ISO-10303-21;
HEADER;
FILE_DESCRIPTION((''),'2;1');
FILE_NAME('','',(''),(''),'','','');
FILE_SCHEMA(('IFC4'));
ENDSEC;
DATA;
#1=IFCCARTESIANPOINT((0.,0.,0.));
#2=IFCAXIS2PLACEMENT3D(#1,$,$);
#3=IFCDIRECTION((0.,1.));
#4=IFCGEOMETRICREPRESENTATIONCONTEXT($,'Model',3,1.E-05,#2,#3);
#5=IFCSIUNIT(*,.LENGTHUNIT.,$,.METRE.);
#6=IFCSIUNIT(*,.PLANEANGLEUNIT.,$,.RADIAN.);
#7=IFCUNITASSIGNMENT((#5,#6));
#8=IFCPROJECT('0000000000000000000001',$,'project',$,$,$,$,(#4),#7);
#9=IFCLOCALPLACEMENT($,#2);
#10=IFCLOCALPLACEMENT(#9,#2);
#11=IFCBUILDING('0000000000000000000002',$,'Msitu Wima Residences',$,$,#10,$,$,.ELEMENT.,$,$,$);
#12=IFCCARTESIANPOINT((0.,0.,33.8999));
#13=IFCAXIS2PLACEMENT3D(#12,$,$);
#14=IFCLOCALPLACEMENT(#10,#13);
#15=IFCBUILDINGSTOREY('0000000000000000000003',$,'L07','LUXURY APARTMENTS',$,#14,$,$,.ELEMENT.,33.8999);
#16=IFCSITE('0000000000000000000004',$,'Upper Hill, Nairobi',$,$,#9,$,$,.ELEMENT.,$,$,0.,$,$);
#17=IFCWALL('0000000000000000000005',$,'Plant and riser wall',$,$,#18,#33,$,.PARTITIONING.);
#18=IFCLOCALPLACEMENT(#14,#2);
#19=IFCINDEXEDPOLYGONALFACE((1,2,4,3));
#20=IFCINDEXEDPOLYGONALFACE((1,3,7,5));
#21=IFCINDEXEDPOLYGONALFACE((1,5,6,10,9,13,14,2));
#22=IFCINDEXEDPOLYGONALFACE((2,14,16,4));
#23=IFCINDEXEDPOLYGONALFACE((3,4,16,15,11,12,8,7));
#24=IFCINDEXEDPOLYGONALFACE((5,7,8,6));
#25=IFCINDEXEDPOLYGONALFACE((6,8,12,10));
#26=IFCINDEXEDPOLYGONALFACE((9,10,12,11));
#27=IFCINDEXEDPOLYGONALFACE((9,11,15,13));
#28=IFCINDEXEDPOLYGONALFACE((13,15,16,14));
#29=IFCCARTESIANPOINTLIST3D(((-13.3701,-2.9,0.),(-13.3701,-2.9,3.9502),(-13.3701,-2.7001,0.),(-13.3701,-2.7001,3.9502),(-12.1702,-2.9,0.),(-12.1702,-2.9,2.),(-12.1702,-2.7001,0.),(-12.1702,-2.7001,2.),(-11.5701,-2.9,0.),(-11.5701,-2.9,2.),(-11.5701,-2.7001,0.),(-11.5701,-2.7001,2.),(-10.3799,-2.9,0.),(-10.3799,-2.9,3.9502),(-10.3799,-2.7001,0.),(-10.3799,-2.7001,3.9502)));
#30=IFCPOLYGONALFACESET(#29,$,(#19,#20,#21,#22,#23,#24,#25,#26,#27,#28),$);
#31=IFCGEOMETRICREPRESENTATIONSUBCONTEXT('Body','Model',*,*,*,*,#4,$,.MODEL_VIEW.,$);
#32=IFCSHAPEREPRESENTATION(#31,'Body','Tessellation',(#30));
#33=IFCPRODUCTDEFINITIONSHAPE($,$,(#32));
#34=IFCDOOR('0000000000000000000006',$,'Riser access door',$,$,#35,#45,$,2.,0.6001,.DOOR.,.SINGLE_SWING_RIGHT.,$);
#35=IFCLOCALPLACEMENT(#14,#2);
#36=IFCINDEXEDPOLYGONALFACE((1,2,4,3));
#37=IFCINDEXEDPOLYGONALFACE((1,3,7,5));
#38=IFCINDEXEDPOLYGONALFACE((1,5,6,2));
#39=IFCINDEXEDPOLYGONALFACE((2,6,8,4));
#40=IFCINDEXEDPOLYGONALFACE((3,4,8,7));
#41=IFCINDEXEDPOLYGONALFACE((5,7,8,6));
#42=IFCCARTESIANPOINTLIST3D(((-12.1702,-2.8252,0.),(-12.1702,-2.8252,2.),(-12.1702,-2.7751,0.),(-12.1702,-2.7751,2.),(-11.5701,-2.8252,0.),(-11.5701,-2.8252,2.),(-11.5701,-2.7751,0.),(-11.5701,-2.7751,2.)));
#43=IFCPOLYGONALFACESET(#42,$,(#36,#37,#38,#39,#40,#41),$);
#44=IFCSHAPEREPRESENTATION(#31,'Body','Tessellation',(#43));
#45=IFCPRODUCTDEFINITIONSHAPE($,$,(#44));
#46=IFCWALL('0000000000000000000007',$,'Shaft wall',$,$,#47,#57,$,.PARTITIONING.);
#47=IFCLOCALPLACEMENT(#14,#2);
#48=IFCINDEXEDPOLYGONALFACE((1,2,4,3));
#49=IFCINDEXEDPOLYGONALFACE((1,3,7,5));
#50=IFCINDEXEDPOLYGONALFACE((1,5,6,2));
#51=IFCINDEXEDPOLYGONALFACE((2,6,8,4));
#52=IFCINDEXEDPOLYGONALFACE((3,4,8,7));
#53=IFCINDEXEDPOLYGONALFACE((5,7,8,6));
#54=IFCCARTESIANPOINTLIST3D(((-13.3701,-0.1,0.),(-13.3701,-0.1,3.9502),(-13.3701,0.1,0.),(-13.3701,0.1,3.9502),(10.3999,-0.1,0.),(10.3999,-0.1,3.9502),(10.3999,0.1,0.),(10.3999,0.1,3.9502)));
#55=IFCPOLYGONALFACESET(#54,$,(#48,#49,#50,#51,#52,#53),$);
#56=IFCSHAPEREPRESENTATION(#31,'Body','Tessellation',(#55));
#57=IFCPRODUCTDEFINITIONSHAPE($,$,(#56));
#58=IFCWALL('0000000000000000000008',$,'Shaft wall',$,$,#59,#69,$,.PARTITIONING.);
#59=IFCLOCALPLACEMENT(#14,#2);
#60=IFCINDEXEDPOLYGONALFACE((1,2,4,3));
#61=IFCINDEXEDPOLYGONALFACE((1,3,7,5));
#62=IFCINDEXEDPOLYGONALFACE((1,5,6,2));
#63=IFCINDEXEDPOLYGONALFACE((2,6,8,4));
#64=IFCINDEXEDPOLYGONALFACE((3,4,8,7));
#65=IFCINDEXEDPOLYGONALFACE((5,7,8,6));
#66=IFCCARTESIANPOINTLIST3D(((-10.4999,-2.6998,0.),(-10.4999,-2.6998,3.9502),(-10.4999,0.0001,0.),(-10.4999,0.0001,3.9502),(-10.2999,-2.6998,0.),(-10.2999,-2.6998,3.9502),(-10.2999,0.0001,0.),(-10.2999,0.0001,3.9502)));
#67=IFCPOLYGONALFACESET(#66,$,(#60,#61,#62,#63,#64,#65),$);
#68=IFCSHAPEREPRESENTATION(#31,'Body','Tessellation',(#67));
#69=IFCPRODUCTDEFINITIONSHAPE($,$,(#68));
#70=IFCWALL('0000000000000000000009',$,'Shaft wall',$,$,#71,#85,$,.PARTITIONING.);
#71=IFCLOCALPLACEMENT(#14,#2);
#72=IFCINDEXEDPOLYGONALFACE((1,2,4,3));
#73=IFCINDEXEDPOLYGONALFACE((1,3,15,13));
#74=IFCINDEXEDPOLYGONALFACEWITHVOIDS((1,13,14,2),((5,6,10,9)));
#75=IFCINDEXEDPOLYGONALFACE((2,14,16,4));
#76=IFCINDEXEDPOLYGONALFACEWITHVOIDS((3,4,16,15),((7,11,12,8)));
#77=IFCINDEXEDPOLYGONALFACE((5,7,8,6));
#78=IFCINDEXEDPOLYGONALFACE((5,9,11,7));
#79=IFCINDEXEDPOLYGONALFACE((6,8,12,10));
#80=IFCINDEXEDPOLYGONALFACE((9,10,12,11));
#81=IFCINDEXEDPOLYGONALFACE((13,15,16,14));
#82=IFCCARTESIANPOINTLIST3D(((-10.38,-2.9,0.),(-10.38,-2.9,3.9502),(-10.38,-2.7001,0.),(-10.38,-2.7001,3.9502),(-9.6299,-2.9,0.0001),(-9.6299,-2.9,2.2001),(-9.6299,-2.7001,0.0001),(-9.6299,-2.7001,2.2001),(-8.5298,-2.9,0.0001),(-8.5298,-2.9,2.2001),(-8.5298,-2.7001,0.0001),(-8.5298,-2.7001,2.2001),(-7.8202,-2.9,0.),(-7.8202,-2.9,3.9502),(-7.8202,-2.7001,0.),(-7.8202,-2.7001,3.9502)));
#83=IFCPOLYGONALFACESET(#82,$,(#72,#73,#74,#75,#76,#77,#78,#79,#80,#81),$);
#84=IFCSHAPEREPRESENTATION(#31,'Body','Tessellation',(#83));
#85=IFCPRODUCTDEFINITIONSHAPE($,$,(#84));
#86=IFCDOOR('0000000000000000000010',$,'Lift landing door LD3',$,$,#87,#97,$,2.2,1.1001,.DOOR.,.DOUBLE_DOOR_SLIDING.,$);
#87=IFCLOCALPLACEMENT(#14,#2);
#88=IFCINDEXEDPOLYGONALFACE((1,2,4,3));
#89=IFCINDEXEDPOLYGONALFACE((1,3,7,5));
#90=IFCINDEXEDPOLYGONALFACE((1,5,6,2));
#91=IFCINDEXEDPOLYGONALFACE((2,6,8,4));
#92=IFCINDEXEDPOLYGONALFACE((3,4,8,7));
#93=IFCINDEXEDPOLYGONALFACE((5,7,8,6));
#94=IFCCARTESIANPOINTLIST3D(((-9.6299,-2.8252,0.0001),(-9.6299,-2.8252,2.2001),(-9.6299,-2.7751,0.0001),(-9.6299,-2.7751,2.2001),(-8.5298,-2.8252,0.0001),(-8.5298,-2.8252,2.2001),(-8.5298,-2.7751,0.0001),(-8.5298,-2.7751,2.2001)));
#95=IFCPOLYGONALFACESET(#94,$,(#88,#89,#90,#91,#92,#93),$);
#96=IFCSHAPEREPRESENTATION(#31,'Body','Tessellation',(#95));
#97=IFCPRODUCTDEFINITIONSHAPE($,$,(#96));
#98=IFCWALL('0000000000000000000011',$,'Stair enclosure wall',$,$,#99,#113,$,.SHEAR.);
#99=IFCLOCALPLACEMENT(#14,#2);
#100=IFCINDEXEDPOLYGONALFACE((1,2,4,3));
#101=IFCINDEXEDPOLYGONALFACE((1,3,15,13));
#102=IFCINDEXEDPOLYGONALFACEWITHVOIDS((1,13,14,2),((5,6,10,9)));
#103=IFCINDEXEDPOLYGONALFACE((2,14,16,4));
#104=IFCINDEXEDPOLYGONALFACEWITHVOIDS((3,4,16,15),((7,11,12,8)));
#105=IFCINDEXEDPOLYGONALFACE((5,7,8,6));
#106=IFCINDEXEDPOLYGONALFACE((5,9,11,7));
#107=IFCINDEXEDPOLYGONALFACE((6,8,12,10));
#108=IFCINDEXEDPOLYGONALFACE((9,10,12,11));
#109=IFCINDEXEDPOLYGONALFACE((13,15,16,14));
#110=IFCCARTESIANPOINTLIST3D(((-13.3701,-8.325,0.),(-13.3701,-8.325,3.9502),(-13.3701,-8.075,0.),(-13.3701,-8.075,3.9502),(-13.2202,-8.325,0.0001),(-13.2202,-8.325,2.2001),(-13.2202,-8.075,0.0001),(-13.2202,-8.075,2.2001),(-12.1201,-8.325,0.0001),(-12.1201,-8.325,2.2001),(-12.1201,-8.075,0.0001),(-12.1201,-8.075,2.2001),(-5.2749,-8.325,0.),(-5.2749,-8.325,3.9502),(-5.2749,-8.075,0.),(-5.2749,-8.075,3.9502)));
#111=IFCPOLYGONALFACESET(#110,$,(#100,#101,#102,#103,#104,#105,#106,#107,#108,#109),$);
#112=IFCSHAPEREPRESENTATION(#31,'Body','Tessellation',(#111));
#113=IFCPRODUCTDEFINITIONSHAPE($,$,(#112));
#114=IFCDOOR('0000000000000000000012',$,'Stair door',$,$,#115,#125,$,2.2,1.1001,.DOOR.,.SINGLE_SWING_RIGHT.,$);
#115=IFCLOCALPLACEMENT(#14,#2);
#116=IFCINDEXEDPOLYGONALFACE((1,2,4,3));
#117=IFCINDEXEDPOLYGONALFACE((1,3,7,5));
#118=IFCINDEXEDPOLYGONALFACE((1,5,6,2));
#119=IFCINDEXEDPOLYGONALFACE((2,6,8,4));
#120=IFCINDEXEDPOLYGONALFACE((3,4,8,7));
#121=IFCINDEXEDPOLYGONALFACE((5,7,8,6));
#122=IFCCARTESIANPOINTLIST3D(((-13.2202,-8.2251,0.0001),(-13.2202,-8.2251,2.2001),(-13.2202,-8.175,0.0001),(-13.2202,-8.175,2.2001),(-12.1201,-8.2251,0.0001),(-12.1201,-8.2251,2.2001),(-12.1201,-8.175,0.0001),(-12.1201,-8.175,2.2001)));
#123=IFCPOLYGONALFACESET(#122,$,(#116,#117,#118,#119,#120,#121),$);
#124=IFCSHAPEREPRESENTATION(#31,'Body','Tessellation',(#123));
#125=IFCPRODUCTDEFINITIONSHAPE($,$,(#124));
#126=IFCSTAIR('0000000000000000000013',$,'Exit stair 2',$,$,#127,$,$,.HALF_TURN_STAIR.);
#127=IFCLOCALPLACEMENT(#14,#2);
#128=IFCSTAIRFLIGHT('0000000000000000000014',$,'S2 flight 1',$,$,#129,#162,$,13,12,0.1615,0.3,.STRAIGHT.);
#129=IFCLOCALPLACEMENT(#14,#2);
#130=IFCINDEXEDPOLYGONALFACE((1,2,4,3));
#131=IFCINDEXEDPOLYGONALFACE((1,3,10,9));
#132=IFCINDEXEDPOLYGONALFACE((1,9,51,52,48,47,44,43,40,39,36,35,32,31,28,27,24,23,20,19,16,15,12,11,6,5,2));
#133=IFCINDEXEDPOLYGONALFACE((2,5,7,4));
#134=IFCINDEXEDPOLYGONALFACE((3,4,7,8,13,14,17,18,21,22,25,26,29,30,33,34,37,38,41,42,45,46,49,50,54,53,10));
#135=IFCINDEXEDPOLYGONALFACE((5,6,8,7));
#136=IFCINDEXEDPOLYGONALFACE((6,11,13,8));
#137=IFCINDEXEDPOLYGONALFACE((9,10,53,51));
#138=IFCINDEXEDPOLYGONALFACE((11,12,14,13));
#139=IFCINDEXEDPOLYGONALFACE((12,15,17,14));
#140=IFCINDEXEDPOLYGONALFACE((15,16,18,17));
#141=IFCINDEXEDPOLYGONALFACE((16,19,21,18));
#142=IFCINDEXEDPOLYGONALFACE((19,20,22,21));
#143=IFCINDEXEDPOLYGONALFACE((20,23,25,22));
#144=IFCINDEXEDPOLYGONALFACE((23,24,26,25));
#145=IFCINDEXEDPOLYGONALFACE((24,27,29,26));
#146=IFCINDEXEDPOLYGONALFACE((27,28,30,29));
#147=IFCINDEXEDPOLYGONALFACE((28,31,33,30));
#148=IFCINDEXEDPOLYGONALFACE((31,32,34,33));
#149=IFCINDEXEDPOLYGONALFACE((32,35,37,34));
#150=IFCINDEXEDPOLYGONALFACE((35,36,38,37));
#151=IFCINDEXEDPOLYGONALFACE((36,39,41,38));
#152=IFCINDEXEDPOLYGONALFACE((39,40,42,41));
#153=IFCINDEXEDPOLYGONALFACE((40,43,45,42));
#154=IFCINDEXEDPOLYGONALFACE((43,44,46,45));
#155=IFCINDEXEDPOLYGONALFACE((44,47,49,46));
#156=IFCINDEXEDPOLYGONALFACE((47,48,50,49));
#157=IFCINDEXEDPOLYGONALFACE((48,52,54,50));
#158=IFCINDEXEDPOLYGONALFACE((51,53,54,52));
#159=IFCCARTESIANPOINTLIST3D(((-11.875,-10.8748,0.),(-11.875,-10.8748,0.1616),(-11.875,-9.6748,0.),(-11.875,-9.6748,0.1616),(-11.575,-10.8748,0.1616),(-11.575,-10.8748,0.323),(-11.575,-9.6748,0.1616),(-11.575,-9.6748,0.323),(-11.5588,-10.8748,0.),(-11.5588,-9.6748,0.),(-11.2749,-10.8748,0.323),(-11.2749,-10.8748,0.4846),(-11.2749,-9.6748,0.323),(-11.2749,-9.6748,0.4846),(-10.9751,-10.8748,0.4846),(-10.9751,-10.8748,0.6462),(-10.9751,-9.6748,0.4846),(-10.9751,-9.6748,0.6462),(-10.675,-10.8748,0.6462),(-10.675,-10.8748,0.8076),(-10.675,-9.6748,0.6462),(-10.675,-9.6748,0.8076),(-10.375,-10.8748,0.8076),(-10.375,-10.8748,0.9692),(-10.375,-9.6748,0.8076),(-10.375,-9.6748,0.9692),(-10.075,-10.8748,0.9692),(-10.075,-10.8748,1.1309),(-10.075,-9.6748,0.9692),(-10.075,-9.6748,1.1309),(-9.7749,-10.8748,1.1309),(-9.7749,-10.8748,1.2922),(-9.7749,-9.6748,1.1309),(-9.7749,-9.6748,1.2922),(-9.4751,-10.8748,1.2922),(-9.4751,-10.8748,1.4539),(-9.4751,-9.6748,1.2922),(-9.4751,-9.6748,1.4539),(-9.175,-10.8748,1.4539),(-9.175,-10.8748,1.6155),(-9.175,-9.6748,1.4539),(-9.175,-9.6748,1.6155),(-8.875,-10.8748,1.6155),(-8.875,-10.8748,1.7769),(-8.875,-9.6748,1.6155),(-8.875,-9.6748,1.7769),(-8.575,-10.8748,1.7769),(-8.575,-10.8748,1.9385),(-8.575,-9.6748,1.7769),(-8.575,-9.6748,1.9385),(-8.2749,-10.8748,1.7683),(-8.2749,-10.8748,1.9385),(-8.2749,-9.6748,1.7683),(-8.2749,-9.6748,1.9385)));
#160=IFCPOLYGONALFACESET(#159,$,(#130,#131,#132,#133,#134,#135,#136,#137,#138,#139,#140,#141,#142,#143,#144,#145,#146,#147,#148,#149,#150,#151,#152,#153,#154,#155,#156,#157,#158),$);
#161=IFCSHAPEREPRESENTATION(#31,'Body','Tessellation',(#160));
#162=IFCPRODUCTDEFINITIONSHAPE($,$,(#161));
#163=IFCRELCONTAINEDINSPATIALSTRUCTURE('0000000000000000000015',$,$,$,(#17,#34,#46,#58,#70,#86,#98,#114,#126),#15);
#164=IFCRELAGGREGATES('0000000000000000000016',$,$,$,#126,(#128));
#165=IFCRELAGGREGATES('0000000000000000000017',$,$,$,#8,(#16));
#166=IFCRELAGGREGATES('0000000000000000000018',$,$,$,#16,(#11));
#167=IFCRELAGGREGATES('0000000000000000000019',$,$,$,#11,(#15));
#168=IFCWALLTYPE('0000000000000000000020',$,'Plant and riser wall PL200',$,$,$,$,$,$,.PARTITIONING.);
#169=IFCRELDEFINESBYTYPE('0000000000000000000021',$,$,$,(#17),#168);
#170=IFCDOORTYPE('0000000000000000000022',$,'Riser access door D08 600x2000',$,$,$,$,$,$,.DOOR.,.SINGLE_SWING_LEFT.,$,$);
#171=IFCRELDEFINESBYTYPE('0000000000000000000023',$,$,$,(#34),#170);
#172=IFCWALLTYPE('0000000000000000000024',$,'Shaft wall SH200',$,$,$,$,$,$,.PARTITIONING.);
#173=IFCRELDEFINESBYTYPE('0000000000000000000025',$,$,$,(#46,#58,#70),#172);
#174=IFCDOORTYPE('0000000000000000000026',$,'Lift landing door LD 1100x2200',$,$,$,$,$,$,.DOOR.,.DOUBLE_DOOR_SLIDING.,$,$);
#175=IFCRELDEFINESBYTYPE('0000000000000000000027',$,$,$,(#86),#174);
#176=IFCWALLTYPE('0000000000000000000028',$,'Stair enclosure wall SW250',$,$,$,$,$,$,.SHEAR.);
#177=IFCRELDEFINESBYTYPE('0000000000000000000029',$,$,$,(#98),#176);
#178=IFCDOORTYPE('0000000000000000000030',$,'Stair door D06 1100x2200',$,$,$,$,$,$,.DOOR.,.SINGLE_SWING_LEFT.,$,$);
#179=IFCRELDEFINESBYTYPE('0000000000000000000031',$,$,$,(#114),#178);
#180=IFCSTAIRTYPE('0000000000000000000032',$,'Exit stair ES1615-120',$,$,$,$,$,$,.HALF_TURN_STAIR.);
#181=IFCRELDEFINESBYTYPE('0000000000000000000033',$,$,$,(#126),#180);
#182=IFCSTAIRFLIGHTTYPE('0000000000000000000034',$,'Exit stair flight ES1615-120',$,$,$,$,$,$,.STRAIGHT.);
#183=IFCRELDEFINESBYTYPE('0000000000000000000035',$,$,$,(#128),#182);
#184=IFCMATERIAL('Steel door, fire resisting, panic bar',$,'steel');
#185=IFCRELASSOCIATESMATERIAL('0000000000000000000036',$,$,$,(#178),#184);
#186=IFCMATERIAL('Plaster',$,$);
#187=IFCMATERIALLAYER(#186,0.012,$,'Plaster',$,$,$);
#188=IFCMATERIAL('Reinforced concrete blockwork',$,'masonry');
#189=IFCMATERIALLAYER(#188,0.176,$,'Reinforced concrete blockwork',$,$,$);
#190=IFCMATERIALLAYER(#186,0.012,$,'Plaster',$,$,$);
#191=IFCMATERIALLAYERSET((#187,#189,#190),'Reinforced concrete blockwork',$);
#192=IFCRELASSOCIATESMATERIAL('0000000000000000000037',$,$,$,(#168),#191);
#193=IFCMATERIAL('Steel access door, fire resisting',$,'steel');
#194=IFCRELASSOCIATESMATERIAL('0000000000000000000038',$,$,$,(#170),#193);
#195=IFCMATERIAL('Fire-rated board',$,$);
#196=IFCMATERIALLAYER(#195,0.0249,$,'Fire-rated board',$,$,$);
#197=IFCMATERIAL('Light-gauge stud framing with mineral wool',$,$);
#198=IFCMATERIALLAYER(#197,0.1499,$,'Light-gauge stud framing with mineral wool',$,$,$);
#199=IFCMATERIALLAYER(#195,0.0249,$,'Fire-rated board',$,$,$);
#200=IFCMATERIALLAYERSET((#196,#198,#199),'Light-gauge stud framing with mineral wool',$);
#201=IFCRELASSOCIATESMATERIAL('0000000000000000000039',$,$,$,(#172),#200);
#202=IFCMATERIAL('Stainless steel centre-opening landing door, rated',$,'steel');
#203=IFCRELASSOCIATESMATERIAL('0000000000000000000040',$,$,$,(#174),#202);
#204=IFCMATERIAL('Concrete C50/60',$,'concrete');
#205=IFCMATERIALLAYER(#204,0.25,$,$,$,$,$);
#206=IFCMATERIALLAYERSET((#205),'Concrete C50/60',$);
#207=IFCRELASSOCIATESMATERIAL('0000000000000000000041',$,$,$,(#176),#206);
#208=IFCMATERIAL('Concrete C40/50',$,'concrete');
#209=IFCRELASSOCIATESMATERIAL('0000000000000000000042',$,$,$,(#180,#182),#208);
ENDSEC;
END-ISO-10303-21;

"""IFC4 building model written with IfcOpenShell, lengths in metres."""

from ifc_helpers import new_model, si_unit, direction, frame, frame_2d, origin, place, context, subcontext, project, spatial, polyline, rectangle, outline, extrude, material, layer, layer_set, type_object, element, fill, aggregate, save


model = new_model("IFC4")

# Units and contexts
model_context = context("Model", 3, precision=1e-05, world=origin(), true_north=direction((0.0, 1.0)))
body_context = subcontext(model_context, "Body", "Model", "MODEL_VIEW")
ifc_project = project(units=[si_unit("LENGTHUNIT", "METRE"), si_unit("PLANEANGLEUNIT", "RADIAN")], contexts=[model_context])

# Site, building, storey
site_placement = place(None, origin())
site = spatial("IfcSite", under=ifc_project, at=site_placement, Name="Upper Hill, Nairobi", CompositionType="ELEMENT", RefElevation=0.0)
building_placement = place(site_placement, origin())
building = spatial("IfcBuilding", under=site, at=building_placement, Name="Msitu Wima Residences", CompositionType="ELEMENT")
storey_placement = place(building_placement, frame((0.0, 0.0, 33.8999)))
storey = spatial("IfcBuildingStorey", under=building, at=storey_placement, Name="L07", Description="LUXURY APARTMENTS", CompositionType="ELEMENT", Elevation=33.8999)

# Shared definitions
ifc_material_1 = material(Name="Steel door, fire resisting, panic bar", Category="steel")
door_type_1 = type_object("IfcDoorType", Name="Stair door D06 1100x2200", OperationType="SINGLE_SWING_LEFT", PredefinedType="DOOR", material=ifc_material_1)

# Wall, opening, door
ifc_material_2 = material(Name="Plaster")
ifc_layer_1 = layer(ifc_material_2, 0.012, Name="Plaster")
ifc_material_3 = material(Name="Reinforced concrete blockwork", Category="masonry")
ifc_layer_2 = layer(ifc_material_3, 0.176, Name="Reinforced concrete blockwork")
ifc_layer_3 = layer(ifc_material_2, 0.012, Name="Plaster")
ifc_layer_set_1 = layer_set([ifc_layer_1, ifc_layer_2, ifc_layer_3], Name="Reinforced concrete blockwork")
wall_type_1 = type_object("IfcWallType", Name="Plant and riser wall PL200", PredefinedType="PARTITIONING", material=ifc_layer_set_1)
wall_1_placement = place(storey_placement, frame((-13.3701, -2.8, 0.0), z_axis=(0.0, 0.0, 1.0), x_axis=(1.0, 0.0, 0.0)))
wall_1 = element("IfcWall", 1, at=wall_1_placement, inside=storey, type_object=wall_type_1, Name="Plant and riser wall", PredefinedType="PARTITIONING", context=body_context, shape_type="SweptSolid", body=[
    extrude(rectangle(XDim=2.9902, YDim=0.2, at=frame_2d((1.4951, 0.0))), origin(), (0.0, 0.0, 1.0), 3.9502),
])
opening_1_placement = place(wall_1_placement, frame((1.2, 0.0, 0.0)))
opening_1 = element("IfcOpeningElement", 2, at=opening_1_placement, cuts=wall_1, PredefinedType="OPENING", context=body_context, shape_type="SweptSolid", body=[
    extrude(rectangle(XDim=0.6001, YDim=2.0, at=frame_2d((0.3, 1.0))), frame((0.0, 0.1099, 0.0), z_axis=(0.0, -1.0, 0.0), x_axis=(1.0, 0.0, 0.0)), (0.0, 0.0, 1.0), 0.22),
])
ifc_material_4 = material(Name="Steel access door, fire resisting", Category="steel")
door_type_2 = type_object("IfcDoorType", Name="Riser access door D08 600x2000", OperationType="SINGLE_SWING_LEFT", PredefinedType="DOOR", material=ifc_material_4)
door_1_placement = place(opening_1_placement, origin())
door_1 = element("IfcDoor", 3, at=door_1_placement, inside=storey, type_object=door_type_2, Name="Riser access door", OperationType="SINGLE_SWING_RIGHT", OverallHeight=2.0, OverallWidth=0.6001, PredefinedType="DOOR", context=body_context, shape_type="SweptSolid", body=[
    extrude(rectangle(XDim=0.6001, YDim=2.0, at=frame_2d((0.3, 1.0))), frame((0.0, 0.0249, 0.0), z_axis=(0.0, -1.0, 0.0), x_axis=(1.0, 0.0, 0.0)), (0.0, 0.0, 1.0), 0.05),
])
fill(opening_1, door_1)

# Walls
ifc_material_5 = material(Name="Fire-rated board")
ifc_layer_4 = layer(ifc_material_5, 0.0249, Name="Fire-rated board")
ifc_material_6 = material(Name="Light-gauge stud framing with mineral wool")
ifc_layer_5 = layer(ifc_material_6, 0.1499, Name="Light-gauge stud framing with mineral wool")
ifc_layer_6 = layer(ifc_material_5, 0.0249, Name="Fire-rated board")
ifc_layer_set_2 = layer_set([ifc_layer_4, ifc_layer_5, ifc_layer_6], Name="Light-gauge stud framing with mineral wool")
wall_type_2 = type_object("IfcWallType", Name="Shaft wall SH200", PredefinedType="PARTITIONING", material=ifc_layer_set_2)
wall_2_placement = place(storey_placement, frame((-13.3701, 0.0, 0.0), z_axis=(0.0, 0.0, 1.0), x_axis=(1.0, 0.0, 0.0)))
element("IfcWall", 4, at=wall_2_placement, inside=storey, type_object=wall_type_2, Name="Shaft wall", PredefinedType="PARTITIONING", context=body_context, shape_type="SweptSolid", body=[
    extrude(rectangle(XDim=23.77, YDim=0.2, at=frame_2d((11.885, 0.0))), origin(), (0.0, 0.0, 1.0), 3.9502),
])
wall_3_placement = place(storey_placement, frame((-10.3999, -2.7, 0.0), z_axis=(0.0, 0.0, 1.0), x_axis=(0.0, 1.0, 0.0)))
element("IfcWall", 5, at=wall_3_placement, inside=storey, type_object=wall_type_2, Name="Shaft wall", PredefinedType="PARTITIONING", context=body_context, shape_type="SweptSolid", body=[
    extrude(rectangle(XDim=2.7, YDim=0.2, at=frame_2d((1.3501, 0.0))), origin(), (0.0, 0.0, 1.0), 3.9502),
])

# Walls, openings, doors
wall_4_placement = place(storey_placement, frame((-10.3799, -2.8, 0.0), z_axis=(0.0, 0.0, 1.0), x_axis=(1.0, 0.0, 0.0)))
wall_4 = element("IfcWall", 6, at=wall_4_placement, inside=storey, type_object=wall_type_2, Name="Shaft wall", PredefinedType="PARTITIONING", context=body_context, shape_type="SweptSolid", body=[
    extrude(rectangle(XDim=2.5598, YDim=0.2, at=frame_2d((1.2798, 0.0))), origin(), (0.0, 0.0, 1.0), 3.9502),
])
opening_2_placement = place(wall_4_placement, frame((0.75, 0.0, 0.0)))
opening_2 = element("IfcOpeningElement", 7, at=opening_2_placement, cuts=wall_4, PredefinedType="OPENING", context=body_context, shape_type="SweptSolid", body=[
    extrude(rectangle(XDim=1.1001, YDim=2.2, at=frame_2d((0.55, 1.1001))), frame((0.0, 0.1099, 0.0), z_axis=(0.0, -1.0, 0.0), x_axis=(1.0, 0.0, 0.0)), (0.0, 0.0, 1.0), 0.22),
])
ifc_material_7 = material(Name="Stainless steel centre-opening landing door, rated", Category="steel")
door_type_3 = type_object("IfcDoorType", Name="Lift landing door LD 1100x2200", OperationType="DOUBLE_DOOR_SLIDING", PredefinedType="DOOR", material=ifc_material_7)
door_2_placement = place(opening_2_placement, origin())
door_2 = element("IfcDoor", 8, at=door_2_placement, inside=storey, type_object=door_type_3, Name="Lift landing door LD3", OperationType="DOUBLE_DOOR_SLIDING", OverallHeight=2.2, OverallWidth=1.1001, PredefinedType="DOOR", context=body_context, shape_type="SweptSolid", body=[
    extrude(rectangle(XDim=1.1001, YDim=2.2, at=frame_2d((0.55, 1.1001))), frame((0.0, 0.0249, 0.0), z_axis=(0.0, -1.0, 0.0), x_axis=(1.0, 0.0, 0.0)), (0.0, 0.0, 1.0), 0.05),
])
fill(opening_2, door_2)
ifc_material_8 = material(Name="Concrete C50/60", Category="concrete")
ifc_layer_7 = layer(ifc_material_8, 0.25)
ifc_layer_set_3 = layer_set([ifc_layer_7], Name="Concrete C50/60")
wall_type_3 = type_object("IfcWallType", Name="Stair enclosure wall SW250", PredefinedType="SHEAR", material=ifc_layer_set_3)
wall_5_placement = place(storey_placement, frame((-13.3701, -8.2, 0.0), z_axis=(0.0, 0.0, 1.0), x_axis=(1.0, 0.0, 0.0)))
wall_5 = element("IfcWall", 9, at=wall_5_placement, inside=storey, type_object=wall_type_3, Name="Stair enclosure wall", PredefinedType="SHEAR", context=body_context, shape_type="SweptSolid", body=[
    extrude(rectangle(XDim=8.0952, YDim=0.25, at=frame_2d((4.0476, 0.0))), origin(), (0.0, 0.0, 1.0), 3.9502),
])
opening_3_placement = place(wall_5_placement, frame((0.1499, 0.0, 0.0)))
opening_3 = element("IfcOpeningElement", 10, at=opening_3_placement, cuts=wall_5, PredefinedType="OPENING", context=body_context, shape_type="SweptSolid", body=[
    extrude(rectangle(XDim=1.1001, YDim=2.2, at=frame_2d((0.55, 1.1001))), frame((0.0, 0.135, 0.0), z_axis=(0.0, -1.0, 0.0), x_axis=(1.0, 0.0, 0.0)), (0.0, 0.0, 1.0), 0.27),
])
door_3_placement = place(opening_3_placement, origin())
door_3 = element("IfcDoor", 11, at=door_3_placement, inside=storey, type_object=door_type_1, Name="Stair door", OperationType="SINGLE_SWING_RIGHT", OverallHeight=2.2, OverallWidth=1.1001, PredefinedType="DOOR", context=body_context, shape_type="SweptSolid", body=[
    extrude(rectangle(XDim=1.1001, YDim=2.2, at=frame_2d((0.55, 1.1001))), frame((0.0, 0.0249, 0.0), z_axis=(0.0, -1.0, 0.0), x_axis=(1.0, 0.0, 0.0)), (0.0, 0.0, 1.0), 0.05),
])
fill(opening_3, door_3)

# Stair, stair flight
ifc_material_9 = material(Name="Concrete C40/50", Category="concrete")
stair_type = type_object("IfcStairType", Name="Exit stair ES1615-120", PredefinedType="HALF_TURN_STAIR", material=ifc_material_9)
stair_placement = place(storey_placement, origin())
stair = element("IfcStair", 12, at=stair_placement, inside=storey, type_object=stair_type, Name="Exit stair 2", PredefinedType="HALF_TURN_STAIR")
stair_flight_type = type_object("IfcStairFlightType", Name="Exit stair flight ES1615-120", PredefinedType="STRAIGHT", material=ifc_material_9)
stair_flight_1_placement = place(storey_placement, frame((-11.875, -10.2749, 0.0), z_axis=(0.0, 0.0, 1.0), x_axis=(1.0, 0.0, 0.0)))
stair_flight_1 = element("IfcStairFlight", 13, at=stair_flight_1_placement, type_object=stair_flight_type, Name="S2 flight 1", NumberOfRisers=13, NumberOfTreads=12, PredefinedType="STRAIGHT", RiserHeight=0.1615, TreadLength=0.3, context=body_context, shape_type="SweptSolid", body=[
    extrude(outline(polyline([(0.0, 0.0), (0.0, 0.1616), (0.3, 0.1616), (0.3, 0.323), (0.6001, 0.323), (0.6001, 0.4846), (0.8999, 0.4846), (0.8999, 0.6462), (1.2, 0.6462), (1.2, 0.8076), (1.5, 0.8076), (1.5, 0.9692), (1.8, 0.9692), (1.8, 1.1309), (2.1001, 1.1309), (2.1001, 1.2922), (2.3999, 1.2922), (2.3999, 1.4539), (2.7, 1.4539), (2.7, 1.6155), (3.0, 1.6155), (3.0, 1.7769), (3.3, 1.7769), (3.3, 1.9385), (3.6001, 1.9385), (3.6001, 2.1001), (3.6001, 1.7683), (0.3162, 0.0), (0.0, 0.0)])), frame((0.0, 0.6001, 0.0), z_axis=(0.0, -1.0, 0.0), x_axis=(1.0, 0.0, 0.0)), (0.0, 0.0, 1.0), 1.2),
])
aggregate(stair, [stair_flight_1])

save(model, "model.ifc")
